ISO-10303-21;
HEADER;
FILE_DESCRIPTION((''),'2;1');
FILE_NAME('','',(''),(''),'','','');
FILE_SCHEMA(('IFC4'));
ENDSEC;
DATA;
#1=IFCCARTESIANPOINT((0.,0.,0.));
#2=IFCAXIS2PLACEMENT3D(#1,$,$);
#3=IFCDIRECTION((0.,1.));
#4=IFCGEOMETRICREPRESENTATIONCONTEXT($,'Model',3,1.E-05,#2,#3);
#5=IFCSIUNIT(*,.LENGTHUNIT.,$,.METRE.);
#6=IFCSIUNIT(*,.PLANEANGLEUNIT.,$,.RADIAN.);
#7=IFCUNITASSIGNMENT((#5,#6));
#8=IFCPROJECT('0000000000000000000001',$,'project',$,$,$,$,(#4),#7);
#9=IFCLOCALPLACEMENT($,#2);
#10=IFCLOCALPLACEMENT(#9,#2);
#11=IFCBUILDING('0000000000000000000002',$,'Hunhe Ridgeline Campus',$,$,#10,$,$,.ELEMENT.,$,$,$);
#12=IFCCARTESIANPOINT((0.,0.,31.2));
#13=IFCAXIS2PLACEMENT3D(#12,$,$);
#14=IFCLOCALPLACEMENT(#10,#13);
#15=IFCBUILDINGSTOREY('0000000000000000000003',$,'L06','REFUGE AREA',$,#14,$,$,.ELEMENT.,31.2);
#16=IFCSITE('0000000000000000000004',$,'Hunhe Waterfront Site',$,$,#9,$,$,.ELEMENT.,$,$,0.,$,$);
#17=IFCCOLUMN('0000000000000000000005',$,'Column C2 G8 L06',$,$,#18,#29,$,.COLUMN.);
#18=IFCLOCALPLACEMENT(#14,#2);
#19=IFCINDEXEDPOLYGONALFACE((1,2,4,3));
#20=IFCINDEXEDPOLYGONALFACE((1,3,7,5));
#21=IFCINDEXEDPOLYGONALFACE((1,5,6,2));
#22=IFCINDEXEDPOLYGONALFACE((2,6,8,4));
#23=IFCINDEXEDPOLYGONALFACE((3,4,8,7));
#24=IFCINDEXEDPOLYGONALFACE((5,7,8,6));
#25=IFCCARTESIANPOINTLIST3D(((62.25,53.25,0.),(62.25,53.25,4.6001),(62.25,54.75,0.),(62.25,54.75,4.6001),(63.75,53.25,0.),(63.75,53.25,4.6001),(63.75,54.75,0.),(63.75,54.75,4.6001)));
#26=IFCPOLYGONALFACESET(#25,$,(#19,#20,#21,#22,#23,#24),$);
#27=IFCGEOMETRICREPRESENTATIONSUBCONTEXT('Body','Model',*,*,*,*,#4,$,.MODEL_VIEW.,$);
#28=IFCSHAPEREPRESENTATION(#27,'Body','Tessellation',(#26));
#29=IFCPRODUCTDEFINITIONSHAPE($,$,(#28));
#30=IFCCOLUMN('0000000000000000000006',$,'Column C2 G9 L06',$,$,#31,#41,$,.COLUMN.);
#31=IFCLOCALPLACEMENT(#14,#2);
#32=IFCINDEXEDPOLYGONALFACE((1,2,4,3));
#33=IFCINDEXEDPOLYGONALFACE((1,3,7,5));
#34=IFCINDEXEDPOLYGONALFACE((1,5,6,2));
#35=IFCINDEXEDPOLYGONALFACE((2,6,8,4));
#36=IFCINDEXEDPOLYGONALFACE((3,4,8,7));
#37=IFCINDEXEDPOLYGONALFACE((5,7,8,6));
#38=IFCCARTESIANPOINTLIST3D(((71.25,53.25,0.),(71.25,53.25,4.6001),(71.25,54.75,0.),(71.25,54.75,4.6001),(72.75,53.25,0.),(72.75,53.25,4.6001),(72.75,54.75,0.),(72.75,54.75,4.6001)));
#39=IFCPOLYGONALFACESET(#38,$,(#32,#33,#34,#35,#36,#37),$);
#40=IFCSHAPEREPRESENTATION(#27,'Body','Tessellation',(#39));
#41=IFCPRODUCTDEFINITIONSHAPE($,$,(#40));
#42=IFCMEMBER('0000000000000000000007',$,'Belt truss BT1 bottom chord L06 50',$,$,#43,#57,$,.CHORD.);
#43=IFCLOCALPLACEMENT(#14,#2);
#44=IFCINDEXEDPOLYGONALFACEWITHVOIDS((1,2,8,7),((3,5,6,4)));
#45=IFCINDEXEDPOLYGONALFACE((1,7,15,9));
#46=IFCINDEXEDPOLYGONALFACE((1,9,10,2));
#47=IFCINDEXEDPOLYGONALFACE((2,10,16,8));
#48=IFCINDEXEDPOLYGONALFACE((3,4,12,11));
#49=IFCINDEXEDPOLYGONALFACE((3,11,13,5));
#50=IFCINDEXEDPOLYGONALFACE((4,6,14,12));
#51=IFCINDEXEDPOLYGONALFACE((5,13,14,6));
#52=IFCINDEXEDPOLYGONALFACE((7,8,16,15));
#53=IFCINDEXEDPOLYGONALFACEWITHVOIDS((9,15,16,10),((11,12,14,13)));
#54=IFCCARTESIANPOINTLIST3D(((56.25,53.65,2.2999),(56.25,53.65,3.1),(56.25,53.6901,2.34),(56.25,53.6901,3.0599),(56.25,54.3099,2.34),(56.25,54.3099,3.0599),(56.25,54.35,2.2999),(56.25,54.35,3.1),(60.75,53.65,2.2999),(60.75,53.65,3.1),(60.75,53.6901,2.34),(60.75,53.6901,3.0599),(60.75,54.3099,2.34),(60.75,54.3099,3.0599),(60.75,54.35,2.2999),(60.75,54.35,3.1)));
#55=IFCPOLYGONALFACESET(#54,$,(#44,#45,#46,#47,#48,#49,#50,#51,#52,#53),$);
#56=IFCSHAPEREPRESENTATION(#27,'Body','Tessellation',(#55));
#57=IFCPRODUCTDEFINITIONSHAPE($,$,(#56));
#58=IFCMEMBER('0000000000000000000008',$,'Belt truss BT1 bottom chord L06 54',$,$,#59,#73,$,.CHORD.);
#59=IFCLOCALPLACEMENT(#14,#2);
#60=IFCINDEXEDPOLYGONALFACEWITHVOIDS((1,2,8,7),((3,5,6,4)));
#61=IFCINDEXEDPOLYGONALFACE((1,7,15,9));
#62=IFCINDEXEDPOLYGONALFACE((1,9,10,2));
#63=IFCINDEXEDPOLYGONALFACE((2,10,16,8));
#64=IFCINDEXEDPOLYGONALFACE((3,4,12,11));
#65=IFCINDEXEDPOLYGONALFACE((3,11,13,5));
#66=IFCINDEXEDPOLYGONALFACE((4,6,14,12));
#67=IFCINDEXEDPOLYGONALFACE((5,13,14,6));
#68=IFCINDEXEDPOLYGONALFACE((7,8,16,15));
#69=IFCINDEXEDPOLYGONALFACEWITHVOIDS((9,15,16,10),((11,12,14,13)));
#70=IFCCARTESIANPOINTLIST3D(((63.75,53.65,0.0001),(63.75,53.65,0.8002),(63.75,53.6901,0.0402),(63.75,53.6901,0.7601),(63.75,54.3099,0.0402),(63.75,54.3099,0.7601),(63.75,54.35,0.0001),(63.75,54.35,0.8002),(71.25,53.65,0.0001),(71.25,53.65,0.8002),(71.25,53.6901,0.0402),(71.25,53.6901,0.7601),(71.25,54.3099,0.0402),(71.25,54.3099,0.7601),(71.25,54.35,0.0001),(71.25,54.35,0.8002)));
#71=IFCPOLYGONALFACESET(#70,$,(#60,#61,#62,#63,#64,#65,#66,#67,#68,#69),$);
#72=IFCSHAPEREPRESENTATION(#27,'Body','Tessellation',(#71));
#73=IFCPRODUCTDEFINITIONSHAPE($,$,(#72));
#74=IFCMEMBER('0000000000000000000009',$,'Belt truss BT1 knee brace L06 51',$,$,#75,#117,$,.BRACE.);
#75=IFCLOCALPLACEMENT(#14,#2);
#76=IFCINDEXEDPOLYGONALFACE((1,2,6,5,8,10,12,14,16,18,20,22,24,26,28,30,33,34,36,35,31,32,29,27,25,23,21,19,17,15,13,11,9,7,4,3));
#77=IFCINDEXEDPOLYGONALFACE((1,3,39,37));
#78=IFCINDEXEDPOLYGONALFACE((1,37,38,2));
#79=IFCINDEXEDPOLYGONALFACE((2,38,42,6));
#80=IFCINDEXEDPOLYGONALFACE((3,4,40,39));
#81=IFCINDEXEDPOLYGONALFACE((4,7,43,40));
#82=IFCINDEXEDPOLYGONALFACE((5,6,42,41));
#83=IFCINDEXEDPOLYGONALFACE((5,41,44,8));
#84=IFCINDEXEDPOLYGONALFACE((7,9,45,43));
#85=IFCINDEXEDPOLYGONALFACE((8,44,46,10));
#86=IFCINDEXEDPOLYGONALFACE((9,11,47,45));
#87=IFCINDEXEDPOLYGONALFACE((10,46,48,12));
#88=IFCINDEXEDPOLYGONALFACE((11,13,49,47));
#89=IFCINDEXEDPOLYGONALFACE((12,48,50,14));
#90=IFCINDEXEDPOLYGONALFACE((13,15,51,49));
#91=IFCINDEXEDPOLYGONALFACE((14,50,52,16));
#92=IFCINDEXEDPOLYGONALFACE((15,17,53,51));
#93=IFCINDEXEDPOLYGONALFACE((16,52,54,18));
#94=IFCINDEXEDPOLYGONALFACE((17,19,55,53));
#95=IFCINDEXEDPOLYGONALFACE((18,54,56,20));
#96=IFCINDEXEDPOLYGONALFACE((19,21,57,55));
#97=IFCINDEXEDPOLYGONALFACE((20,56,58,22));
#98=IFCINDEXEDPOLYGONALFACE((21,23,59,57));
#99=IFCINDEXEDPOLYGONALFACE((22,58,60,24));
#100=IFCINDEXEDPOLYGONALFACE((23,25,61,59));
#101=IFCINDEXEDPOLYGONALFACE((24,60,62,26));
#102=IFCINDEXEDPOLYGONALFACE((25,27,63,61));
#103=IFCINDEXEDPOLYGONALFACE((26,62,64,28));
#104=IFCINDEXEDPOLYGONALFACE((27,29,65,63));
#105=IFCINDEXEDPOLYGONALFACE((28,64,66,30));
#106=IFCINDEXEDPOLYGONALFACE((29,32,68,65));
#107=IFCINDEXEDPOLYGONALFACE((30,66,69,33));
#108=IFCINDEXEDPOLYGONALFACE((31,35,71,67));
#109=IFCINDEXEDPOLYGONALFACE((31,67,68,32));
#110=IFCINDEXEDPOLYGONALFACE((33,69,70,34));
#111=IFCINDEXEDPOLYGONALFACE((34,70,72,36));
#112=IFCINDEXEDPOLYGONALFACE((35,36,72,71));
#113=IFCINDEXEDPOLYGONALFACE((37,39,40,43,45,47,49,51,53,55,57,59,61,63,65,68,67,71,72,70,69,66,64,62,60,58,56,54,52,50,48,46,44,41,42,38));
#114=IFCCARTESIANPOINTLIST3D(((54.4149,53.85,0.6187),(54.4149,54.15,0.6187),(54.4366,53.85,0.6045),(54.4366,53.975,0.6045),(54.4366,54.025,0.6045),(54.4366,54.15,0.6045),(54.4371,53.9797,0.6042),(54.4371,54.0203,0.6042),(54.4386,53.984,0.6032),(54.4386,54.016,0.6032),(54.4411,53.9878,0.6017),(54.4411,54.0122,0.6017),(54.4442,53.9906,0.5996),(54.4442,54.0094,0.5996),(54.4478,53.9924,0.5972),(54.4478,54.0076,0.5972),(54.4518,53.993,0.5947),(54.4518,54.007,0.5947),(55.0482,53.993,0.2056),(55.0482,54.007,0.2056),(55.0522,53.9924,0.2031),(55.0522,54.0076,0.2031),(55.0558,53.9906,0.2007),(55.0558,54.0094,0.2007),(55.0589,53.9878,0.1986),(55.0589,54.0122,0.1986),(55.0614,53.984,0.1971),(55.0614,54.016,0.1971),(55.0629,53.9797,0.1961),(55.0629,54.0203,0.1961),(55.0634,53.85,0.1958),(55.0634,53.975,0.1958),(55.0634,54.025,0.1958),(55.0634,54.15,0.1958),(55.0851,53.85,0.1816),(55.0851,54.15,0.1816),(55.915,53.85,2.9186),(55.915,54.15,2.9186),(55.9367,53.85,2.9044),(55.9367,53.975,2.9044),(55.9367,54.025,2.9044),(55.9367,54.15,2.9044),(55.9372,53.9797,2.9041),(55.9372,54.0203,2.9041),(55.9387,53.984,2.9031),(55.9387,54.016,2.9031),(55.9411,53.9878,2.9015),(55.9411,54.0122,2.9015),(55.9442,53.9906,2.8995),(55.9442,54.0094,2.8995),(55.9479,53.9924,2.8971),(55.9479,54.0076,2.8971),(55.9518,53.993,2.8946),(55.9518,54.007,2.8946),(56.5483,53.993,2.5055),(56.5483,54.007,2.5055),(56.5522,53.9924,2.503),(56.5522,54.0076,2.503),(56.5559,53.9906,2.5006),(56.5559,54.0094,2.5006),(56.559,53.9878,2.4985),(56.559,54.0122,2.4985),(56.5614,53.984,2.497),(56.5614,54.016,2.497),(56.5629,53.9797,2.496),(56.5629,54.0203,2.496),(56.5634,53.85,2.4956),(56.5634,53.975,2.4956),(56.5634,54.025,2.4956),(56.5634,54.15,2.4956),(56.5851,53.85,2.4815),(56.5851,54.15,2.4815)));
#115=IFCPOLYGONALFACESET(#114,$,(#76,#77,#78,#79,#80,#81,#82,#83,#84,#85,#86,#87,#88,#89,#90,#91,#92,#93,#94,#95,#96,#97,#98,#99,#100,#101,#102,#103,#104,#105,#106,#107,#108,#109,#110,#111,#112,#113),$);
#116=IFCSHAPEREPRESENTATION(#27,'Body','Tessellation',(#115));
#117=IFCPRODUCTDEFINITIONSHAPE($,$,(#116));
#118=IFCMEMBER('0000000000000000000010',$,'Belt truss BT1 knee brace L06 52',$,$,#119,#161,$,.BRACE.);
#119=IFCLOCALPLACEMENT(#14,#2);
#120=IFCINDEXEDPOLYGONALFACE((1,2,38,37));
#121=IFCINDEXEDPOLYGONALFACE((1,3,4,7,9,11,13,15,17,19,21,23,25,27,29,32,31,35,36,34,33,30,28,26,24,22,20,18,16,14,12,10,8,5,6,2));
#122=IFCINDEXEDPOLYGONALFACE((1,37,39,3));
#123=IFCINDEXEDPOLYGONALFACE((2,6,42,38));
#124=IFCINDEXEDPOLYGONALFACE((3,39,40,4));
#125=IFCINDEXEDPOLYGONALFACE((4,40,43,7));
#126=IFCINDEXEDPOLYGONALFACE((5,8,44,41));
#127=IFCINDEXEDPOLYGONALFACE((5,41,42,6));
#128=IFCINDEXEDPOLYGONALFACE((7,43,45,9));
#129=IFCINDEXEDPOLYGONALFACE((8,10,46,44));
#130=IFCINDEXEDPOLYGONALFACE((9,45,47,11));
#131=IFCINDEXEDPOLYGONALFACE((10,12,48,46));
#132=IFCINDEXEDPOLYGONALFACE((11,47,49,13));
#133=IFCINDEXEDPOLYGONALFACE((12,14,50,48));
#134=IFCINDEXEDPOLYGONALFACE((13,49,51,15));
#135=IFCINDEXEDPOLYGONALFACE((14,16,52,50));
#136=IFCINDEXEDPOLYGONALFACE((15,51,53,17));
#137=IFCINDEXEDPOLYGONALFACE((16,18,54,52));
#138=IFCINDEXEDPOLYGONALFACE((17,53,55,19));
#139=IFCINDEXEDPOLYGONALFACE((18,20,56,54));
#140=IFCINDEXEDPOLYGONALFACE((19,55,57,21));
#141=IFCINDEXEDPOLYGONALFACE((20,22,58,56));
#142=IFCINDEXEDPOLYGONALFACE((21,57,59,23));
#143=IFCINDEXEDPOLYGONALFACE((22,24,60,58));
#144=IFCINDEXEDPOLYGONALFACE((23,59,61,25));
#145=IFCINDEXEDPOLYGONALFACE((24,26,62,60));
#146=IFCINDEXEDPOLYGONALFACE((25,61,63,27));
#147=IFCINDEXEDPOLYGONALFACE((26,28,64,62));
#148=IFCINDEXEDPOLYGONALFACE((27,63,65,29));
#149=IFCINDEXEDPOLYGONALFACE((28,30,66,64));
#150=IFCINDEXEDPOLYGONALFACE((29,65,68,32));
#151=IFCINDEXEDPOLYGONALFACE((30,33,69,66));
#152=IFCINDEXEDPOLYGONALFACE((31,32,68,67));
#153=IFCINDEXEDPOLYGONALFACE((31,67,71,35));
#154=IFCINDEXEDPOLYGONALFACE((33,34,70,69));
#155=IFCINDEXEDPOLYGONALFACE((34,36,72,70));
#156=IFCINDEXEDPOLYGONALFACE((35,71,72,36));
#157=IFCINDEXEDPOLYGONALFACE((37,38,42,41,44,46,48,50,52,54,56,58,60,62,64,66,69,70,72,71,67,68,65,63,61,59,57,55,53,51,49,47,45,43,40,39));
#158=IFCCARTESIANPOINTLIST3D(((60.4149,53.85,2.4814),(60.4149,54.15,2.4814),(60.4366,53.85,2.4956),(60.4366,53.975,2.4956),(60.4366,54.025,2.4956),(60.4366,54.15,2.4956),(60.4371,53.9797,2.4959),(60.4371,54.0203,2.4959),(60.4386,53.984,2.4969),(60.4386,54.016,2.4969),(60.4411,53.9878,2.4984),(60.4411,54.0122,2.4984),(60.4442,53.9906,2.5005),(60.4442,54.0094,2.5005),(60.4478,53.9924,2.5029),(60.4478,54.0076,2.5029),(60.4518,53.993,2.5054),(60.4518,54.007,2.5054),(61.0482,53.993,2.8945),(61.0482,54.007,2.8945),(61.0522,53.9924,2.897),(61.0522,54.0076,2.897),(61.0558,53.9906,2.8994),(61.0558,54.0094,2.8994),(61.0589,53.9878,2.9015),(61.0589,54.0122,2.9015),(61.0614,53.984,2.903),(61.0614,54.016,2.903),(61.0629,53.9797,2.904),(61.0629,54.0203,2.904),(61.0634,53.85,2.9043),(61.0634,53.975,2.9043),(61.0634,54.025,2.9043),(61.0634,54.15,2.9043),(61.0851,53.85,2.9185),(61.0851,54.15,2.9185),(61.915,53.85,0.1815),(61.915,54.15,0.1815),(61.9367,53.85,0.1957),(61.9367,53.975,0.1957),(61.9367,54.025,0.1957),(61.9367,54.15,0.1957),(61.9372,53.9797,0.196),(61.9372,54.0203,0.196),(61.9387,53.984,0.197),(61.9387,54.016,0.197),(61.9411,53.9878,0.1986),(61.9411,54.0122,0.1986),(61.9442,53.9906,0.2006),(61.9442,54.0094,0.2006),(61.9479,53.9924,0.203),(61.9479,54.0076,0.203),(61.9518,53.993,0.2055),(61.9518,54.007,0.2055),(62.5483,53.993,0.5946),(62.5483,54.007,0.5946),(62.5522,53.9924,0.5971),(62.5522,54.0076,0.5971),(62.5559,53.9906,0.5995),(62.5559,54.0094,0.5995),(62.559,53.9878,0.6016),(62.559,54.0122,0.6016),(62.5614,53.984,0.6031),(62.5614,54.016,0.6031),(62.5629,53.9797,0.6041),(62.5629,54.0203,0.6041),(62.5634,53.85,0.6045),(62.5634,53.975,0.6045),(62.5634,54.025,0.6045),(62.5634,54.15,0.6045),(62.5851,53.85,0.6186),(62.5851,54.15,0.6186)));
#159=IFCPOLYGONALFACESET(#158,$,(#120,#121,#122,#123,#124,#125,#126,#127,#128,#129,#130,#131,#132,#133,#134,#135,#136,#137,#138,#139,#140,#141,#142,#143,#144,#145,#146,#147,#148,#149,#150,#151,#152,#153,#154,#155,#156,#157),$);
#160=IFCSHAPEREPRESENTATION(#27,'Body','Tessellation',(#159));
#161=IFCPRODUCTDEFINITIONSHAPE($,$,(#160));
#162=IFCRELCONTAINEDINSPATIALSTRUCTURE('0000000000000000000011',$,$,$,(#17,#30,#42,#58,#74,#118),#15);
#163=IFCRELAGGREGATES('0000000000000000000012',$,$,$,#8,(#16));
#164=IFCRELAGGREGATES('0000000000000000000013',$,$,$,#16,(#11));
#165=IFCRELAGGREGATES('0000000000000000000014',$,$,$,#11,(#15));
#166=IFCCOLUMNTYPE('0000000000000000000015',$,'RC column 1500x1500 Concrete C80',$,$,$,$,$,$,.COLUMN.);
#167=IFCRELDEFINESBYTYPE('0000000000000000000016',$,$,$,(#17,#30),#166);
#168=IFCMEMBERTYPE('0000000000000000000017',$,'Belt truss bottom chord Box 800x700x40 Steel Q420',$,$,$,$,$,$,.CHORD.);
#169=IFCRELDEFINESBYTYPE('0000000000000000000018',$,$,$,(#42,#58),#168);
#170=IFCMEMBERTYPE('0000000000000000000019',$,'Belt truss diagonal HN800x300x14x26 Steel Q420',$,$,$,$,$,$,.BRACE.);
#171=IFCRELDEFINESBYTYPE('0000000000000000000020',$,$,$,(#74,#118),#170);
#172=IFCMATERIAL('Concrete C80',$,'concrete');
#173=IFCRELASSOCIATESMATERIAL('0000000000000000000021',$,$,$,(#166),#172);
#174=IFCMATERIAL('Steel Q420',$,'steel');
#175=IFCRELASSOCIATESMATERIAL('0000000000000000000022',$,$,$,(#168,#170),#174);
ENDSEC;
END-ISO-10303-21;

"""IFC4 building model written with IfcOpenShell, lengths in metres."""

from ifc_helpers import new_model, si_unit, direction, frame, origin, origin_2d, place, context, subcontext, project, spatial, rectangle, hollow_rectangle, i_section, extrude, material, material_profile, profile_set, type_object, element, save


model = new_model("IFC4")

# Units and contexts
model_context = context("Model", 3, precision=1e-05, world=origin(), true_north=direction((0.0, 1.0)))
body_context = subcontext(model_context, "Body", "Model", "MODEL_VIEW")
ifc_project = project(units=[si_unit("LENGTHUNIT", "METRE"), si_unit("PLANEANGLEUNIT", "RADIAN")], contexts=[model_context])

# Site, building, storey
site_placement = place(None, origin())
site = spatial("IfcSite", under=ifc_project, at=site_placement, Name="Hunhe Waterfront Site", CompositionType="ELEMENT", RefElevation=0.0)
building_placement = place(site_placement, origin())
building = spatial("IfcBuilding", under=site, at=building_placement, Name="Hunhe Ridgeline Campus", CompositionType="ELEMENT")
storey_placement = place(building_placement, frame((0.0, 0.0, 31.2)))
storey = spatial("IfcBuildingStorey", under=building, at=storey_placement, Name="L06", Description="REFUGE AREA", CompositionType="ELEMENT", Elevation=31.2)

# Columns
ifc_material_1 = material(Name="Concrete C80", Category="concrete")
ifc_material_profile_1 = material_profile(ifc_material_1, rectangle(XDim=1.5, YDim=1.5, at=origin_2d()))
ifc_profile_set_1 = profile_set([ifc_material_profile_1], Name="Concrete C80")
column_type = type_object("IfcColumnType", Name="RC column 1500x1500 Concrete C80", PredefinedType="COLUMN", material=ifc_profile_set_1)
for number, where, z_axis, x_axis, name in (
    (1, (63.0, 54.0, 0.0), (0.0, 0.0, 1.0), (1.0, 0.0, 0.0), "Column C2 G8 L06"),
    (2, (72.0, 54.0, 0.0), (0.0, 0.0, 1.0), (1.0, 0.0, 0.0), "Column C2 G9 L06"),
):
    element("IfcColumn", number, at=place(storey_placement, frame(where, z_axis=z_axis, x_axis=x_axis)), inside=storey, type_object=column_type, Name=name, PredefinedType="COLUMN", context=body_context, shape_type="SweptSolid", body=[
        extrude(rectangle(XDim=1.5, YDim=1.5, at=origin_2d()), origin(), (0.0, 0.0, 1.0), 4.6001),
    ])

# Members
ifc_material_2 = material(Name="Steel Q420", Category="steel")
ifc_material_profile_2 = material_profile(ifc_material_2, hollow_rectangle(XDim=0.7, YDim=0.8, WallThickness=0.04, at=origin_2d()))
ifc_profile_set_2 = profile_set([ifc_material_profile_2], Name="Steel Q420")
member_type_1 = type_object("IfcMemberType", Name="Belt truss bottom chord Box 800x700x40 Steel Q420", PredefinedType="CHORD", material=ifc_profile_set_2)
member_1_placement = place(storey_placement, frame((56.25, 54.0, 2.7), z_axis=(1.0, 0.0, 0.0), x_axis=(0.0, 1.0, 0.0)))
element("IfcMember", 3, at=member_1_placement, inside=storey, type_object=member_type_1, Name="Belt truss BT1 bottom chord L06 50", PredefinedType="CHORD", context=body_context, shape_type="SweptSolid", body=[
    extrude(hollow_rectangle(XDim=0.7, YDim=0.8, WallThickness=0.04, at=origin_2d()), origin(), (0.0, 0.0, 1.0), 4.5),
])
member_2_placement = place(storey_placement, frame((63.75, 54.0, 0.4001), z_axis=(1.0, 0.0, 0.0), x_axis=(0.0, 1.0, 0.0)))
element("IfcMember", 4, at=member_2_placement, inside=storey, type_object=member_type_1, Name="Belt truss BT1 bottom chord L06 54", PredefinedType="CHORD", context=body_context, shape_type="SweptSolid", body=[
    extrude(hollow_rectangle(XDim=0.7, YDim=0.8, WallThickness=0.04, at=origin_2d()), origin(), (0.0, 0.0, 1.0), 7.5),
])
ifc_material_profile_3 = material_profile(ifc_material_2, i_section(OverallWidth=0.3, OverallDepth=0.8, WebThickness=0.0139, FlangeThickness=0.0259, FilletRadius=0.0181, at=origin_2d()))
ifc_profile_set_3 = profile_set([ifc_material_profile_3], Name="Steel Q420")
member_type_2 = type_object("IfcMemberType", Name="Belt truss diagonal HN800x300x14x26 Steel Q420", PredefinedType="BRACE", material=ifc_profile_set_3)
for number, where, z_axis, x_axis, name in (
    (5, (54.75, 54.0, 0.4001), (0.5463, 0.0, 0.837589), (0.0, 1.0, 0.0), "Belt truss BT1 knee brace L06 51"),
    (6, (60.75, 54.0, 2.7), (0.5463, 0.0, -0.837589), (0.0, 1.0, 0.0), "Belt truss BT1 knee brace L06 52"),
):
    element("IfcMember", number, at=place(storey_placement, frame(where, z_axis=z_axis, x_axis=x_axis)), inside=storey, type_object=member_type_2, Name=name, PredefinedType="BRACE", context=body_context, shape_type="SweptSolid", body=[
        extrude(i_section(OverallWidth=0.3, OverallDepth=0.8, WebThickness=0.0139, FlangeThickness=0.0259, FilletRadius=0.0181, at=origin_2d()), origin(), (0.0, 0.0, 1.0), 2.7458),
    ])

save(model, "model.ifc")
